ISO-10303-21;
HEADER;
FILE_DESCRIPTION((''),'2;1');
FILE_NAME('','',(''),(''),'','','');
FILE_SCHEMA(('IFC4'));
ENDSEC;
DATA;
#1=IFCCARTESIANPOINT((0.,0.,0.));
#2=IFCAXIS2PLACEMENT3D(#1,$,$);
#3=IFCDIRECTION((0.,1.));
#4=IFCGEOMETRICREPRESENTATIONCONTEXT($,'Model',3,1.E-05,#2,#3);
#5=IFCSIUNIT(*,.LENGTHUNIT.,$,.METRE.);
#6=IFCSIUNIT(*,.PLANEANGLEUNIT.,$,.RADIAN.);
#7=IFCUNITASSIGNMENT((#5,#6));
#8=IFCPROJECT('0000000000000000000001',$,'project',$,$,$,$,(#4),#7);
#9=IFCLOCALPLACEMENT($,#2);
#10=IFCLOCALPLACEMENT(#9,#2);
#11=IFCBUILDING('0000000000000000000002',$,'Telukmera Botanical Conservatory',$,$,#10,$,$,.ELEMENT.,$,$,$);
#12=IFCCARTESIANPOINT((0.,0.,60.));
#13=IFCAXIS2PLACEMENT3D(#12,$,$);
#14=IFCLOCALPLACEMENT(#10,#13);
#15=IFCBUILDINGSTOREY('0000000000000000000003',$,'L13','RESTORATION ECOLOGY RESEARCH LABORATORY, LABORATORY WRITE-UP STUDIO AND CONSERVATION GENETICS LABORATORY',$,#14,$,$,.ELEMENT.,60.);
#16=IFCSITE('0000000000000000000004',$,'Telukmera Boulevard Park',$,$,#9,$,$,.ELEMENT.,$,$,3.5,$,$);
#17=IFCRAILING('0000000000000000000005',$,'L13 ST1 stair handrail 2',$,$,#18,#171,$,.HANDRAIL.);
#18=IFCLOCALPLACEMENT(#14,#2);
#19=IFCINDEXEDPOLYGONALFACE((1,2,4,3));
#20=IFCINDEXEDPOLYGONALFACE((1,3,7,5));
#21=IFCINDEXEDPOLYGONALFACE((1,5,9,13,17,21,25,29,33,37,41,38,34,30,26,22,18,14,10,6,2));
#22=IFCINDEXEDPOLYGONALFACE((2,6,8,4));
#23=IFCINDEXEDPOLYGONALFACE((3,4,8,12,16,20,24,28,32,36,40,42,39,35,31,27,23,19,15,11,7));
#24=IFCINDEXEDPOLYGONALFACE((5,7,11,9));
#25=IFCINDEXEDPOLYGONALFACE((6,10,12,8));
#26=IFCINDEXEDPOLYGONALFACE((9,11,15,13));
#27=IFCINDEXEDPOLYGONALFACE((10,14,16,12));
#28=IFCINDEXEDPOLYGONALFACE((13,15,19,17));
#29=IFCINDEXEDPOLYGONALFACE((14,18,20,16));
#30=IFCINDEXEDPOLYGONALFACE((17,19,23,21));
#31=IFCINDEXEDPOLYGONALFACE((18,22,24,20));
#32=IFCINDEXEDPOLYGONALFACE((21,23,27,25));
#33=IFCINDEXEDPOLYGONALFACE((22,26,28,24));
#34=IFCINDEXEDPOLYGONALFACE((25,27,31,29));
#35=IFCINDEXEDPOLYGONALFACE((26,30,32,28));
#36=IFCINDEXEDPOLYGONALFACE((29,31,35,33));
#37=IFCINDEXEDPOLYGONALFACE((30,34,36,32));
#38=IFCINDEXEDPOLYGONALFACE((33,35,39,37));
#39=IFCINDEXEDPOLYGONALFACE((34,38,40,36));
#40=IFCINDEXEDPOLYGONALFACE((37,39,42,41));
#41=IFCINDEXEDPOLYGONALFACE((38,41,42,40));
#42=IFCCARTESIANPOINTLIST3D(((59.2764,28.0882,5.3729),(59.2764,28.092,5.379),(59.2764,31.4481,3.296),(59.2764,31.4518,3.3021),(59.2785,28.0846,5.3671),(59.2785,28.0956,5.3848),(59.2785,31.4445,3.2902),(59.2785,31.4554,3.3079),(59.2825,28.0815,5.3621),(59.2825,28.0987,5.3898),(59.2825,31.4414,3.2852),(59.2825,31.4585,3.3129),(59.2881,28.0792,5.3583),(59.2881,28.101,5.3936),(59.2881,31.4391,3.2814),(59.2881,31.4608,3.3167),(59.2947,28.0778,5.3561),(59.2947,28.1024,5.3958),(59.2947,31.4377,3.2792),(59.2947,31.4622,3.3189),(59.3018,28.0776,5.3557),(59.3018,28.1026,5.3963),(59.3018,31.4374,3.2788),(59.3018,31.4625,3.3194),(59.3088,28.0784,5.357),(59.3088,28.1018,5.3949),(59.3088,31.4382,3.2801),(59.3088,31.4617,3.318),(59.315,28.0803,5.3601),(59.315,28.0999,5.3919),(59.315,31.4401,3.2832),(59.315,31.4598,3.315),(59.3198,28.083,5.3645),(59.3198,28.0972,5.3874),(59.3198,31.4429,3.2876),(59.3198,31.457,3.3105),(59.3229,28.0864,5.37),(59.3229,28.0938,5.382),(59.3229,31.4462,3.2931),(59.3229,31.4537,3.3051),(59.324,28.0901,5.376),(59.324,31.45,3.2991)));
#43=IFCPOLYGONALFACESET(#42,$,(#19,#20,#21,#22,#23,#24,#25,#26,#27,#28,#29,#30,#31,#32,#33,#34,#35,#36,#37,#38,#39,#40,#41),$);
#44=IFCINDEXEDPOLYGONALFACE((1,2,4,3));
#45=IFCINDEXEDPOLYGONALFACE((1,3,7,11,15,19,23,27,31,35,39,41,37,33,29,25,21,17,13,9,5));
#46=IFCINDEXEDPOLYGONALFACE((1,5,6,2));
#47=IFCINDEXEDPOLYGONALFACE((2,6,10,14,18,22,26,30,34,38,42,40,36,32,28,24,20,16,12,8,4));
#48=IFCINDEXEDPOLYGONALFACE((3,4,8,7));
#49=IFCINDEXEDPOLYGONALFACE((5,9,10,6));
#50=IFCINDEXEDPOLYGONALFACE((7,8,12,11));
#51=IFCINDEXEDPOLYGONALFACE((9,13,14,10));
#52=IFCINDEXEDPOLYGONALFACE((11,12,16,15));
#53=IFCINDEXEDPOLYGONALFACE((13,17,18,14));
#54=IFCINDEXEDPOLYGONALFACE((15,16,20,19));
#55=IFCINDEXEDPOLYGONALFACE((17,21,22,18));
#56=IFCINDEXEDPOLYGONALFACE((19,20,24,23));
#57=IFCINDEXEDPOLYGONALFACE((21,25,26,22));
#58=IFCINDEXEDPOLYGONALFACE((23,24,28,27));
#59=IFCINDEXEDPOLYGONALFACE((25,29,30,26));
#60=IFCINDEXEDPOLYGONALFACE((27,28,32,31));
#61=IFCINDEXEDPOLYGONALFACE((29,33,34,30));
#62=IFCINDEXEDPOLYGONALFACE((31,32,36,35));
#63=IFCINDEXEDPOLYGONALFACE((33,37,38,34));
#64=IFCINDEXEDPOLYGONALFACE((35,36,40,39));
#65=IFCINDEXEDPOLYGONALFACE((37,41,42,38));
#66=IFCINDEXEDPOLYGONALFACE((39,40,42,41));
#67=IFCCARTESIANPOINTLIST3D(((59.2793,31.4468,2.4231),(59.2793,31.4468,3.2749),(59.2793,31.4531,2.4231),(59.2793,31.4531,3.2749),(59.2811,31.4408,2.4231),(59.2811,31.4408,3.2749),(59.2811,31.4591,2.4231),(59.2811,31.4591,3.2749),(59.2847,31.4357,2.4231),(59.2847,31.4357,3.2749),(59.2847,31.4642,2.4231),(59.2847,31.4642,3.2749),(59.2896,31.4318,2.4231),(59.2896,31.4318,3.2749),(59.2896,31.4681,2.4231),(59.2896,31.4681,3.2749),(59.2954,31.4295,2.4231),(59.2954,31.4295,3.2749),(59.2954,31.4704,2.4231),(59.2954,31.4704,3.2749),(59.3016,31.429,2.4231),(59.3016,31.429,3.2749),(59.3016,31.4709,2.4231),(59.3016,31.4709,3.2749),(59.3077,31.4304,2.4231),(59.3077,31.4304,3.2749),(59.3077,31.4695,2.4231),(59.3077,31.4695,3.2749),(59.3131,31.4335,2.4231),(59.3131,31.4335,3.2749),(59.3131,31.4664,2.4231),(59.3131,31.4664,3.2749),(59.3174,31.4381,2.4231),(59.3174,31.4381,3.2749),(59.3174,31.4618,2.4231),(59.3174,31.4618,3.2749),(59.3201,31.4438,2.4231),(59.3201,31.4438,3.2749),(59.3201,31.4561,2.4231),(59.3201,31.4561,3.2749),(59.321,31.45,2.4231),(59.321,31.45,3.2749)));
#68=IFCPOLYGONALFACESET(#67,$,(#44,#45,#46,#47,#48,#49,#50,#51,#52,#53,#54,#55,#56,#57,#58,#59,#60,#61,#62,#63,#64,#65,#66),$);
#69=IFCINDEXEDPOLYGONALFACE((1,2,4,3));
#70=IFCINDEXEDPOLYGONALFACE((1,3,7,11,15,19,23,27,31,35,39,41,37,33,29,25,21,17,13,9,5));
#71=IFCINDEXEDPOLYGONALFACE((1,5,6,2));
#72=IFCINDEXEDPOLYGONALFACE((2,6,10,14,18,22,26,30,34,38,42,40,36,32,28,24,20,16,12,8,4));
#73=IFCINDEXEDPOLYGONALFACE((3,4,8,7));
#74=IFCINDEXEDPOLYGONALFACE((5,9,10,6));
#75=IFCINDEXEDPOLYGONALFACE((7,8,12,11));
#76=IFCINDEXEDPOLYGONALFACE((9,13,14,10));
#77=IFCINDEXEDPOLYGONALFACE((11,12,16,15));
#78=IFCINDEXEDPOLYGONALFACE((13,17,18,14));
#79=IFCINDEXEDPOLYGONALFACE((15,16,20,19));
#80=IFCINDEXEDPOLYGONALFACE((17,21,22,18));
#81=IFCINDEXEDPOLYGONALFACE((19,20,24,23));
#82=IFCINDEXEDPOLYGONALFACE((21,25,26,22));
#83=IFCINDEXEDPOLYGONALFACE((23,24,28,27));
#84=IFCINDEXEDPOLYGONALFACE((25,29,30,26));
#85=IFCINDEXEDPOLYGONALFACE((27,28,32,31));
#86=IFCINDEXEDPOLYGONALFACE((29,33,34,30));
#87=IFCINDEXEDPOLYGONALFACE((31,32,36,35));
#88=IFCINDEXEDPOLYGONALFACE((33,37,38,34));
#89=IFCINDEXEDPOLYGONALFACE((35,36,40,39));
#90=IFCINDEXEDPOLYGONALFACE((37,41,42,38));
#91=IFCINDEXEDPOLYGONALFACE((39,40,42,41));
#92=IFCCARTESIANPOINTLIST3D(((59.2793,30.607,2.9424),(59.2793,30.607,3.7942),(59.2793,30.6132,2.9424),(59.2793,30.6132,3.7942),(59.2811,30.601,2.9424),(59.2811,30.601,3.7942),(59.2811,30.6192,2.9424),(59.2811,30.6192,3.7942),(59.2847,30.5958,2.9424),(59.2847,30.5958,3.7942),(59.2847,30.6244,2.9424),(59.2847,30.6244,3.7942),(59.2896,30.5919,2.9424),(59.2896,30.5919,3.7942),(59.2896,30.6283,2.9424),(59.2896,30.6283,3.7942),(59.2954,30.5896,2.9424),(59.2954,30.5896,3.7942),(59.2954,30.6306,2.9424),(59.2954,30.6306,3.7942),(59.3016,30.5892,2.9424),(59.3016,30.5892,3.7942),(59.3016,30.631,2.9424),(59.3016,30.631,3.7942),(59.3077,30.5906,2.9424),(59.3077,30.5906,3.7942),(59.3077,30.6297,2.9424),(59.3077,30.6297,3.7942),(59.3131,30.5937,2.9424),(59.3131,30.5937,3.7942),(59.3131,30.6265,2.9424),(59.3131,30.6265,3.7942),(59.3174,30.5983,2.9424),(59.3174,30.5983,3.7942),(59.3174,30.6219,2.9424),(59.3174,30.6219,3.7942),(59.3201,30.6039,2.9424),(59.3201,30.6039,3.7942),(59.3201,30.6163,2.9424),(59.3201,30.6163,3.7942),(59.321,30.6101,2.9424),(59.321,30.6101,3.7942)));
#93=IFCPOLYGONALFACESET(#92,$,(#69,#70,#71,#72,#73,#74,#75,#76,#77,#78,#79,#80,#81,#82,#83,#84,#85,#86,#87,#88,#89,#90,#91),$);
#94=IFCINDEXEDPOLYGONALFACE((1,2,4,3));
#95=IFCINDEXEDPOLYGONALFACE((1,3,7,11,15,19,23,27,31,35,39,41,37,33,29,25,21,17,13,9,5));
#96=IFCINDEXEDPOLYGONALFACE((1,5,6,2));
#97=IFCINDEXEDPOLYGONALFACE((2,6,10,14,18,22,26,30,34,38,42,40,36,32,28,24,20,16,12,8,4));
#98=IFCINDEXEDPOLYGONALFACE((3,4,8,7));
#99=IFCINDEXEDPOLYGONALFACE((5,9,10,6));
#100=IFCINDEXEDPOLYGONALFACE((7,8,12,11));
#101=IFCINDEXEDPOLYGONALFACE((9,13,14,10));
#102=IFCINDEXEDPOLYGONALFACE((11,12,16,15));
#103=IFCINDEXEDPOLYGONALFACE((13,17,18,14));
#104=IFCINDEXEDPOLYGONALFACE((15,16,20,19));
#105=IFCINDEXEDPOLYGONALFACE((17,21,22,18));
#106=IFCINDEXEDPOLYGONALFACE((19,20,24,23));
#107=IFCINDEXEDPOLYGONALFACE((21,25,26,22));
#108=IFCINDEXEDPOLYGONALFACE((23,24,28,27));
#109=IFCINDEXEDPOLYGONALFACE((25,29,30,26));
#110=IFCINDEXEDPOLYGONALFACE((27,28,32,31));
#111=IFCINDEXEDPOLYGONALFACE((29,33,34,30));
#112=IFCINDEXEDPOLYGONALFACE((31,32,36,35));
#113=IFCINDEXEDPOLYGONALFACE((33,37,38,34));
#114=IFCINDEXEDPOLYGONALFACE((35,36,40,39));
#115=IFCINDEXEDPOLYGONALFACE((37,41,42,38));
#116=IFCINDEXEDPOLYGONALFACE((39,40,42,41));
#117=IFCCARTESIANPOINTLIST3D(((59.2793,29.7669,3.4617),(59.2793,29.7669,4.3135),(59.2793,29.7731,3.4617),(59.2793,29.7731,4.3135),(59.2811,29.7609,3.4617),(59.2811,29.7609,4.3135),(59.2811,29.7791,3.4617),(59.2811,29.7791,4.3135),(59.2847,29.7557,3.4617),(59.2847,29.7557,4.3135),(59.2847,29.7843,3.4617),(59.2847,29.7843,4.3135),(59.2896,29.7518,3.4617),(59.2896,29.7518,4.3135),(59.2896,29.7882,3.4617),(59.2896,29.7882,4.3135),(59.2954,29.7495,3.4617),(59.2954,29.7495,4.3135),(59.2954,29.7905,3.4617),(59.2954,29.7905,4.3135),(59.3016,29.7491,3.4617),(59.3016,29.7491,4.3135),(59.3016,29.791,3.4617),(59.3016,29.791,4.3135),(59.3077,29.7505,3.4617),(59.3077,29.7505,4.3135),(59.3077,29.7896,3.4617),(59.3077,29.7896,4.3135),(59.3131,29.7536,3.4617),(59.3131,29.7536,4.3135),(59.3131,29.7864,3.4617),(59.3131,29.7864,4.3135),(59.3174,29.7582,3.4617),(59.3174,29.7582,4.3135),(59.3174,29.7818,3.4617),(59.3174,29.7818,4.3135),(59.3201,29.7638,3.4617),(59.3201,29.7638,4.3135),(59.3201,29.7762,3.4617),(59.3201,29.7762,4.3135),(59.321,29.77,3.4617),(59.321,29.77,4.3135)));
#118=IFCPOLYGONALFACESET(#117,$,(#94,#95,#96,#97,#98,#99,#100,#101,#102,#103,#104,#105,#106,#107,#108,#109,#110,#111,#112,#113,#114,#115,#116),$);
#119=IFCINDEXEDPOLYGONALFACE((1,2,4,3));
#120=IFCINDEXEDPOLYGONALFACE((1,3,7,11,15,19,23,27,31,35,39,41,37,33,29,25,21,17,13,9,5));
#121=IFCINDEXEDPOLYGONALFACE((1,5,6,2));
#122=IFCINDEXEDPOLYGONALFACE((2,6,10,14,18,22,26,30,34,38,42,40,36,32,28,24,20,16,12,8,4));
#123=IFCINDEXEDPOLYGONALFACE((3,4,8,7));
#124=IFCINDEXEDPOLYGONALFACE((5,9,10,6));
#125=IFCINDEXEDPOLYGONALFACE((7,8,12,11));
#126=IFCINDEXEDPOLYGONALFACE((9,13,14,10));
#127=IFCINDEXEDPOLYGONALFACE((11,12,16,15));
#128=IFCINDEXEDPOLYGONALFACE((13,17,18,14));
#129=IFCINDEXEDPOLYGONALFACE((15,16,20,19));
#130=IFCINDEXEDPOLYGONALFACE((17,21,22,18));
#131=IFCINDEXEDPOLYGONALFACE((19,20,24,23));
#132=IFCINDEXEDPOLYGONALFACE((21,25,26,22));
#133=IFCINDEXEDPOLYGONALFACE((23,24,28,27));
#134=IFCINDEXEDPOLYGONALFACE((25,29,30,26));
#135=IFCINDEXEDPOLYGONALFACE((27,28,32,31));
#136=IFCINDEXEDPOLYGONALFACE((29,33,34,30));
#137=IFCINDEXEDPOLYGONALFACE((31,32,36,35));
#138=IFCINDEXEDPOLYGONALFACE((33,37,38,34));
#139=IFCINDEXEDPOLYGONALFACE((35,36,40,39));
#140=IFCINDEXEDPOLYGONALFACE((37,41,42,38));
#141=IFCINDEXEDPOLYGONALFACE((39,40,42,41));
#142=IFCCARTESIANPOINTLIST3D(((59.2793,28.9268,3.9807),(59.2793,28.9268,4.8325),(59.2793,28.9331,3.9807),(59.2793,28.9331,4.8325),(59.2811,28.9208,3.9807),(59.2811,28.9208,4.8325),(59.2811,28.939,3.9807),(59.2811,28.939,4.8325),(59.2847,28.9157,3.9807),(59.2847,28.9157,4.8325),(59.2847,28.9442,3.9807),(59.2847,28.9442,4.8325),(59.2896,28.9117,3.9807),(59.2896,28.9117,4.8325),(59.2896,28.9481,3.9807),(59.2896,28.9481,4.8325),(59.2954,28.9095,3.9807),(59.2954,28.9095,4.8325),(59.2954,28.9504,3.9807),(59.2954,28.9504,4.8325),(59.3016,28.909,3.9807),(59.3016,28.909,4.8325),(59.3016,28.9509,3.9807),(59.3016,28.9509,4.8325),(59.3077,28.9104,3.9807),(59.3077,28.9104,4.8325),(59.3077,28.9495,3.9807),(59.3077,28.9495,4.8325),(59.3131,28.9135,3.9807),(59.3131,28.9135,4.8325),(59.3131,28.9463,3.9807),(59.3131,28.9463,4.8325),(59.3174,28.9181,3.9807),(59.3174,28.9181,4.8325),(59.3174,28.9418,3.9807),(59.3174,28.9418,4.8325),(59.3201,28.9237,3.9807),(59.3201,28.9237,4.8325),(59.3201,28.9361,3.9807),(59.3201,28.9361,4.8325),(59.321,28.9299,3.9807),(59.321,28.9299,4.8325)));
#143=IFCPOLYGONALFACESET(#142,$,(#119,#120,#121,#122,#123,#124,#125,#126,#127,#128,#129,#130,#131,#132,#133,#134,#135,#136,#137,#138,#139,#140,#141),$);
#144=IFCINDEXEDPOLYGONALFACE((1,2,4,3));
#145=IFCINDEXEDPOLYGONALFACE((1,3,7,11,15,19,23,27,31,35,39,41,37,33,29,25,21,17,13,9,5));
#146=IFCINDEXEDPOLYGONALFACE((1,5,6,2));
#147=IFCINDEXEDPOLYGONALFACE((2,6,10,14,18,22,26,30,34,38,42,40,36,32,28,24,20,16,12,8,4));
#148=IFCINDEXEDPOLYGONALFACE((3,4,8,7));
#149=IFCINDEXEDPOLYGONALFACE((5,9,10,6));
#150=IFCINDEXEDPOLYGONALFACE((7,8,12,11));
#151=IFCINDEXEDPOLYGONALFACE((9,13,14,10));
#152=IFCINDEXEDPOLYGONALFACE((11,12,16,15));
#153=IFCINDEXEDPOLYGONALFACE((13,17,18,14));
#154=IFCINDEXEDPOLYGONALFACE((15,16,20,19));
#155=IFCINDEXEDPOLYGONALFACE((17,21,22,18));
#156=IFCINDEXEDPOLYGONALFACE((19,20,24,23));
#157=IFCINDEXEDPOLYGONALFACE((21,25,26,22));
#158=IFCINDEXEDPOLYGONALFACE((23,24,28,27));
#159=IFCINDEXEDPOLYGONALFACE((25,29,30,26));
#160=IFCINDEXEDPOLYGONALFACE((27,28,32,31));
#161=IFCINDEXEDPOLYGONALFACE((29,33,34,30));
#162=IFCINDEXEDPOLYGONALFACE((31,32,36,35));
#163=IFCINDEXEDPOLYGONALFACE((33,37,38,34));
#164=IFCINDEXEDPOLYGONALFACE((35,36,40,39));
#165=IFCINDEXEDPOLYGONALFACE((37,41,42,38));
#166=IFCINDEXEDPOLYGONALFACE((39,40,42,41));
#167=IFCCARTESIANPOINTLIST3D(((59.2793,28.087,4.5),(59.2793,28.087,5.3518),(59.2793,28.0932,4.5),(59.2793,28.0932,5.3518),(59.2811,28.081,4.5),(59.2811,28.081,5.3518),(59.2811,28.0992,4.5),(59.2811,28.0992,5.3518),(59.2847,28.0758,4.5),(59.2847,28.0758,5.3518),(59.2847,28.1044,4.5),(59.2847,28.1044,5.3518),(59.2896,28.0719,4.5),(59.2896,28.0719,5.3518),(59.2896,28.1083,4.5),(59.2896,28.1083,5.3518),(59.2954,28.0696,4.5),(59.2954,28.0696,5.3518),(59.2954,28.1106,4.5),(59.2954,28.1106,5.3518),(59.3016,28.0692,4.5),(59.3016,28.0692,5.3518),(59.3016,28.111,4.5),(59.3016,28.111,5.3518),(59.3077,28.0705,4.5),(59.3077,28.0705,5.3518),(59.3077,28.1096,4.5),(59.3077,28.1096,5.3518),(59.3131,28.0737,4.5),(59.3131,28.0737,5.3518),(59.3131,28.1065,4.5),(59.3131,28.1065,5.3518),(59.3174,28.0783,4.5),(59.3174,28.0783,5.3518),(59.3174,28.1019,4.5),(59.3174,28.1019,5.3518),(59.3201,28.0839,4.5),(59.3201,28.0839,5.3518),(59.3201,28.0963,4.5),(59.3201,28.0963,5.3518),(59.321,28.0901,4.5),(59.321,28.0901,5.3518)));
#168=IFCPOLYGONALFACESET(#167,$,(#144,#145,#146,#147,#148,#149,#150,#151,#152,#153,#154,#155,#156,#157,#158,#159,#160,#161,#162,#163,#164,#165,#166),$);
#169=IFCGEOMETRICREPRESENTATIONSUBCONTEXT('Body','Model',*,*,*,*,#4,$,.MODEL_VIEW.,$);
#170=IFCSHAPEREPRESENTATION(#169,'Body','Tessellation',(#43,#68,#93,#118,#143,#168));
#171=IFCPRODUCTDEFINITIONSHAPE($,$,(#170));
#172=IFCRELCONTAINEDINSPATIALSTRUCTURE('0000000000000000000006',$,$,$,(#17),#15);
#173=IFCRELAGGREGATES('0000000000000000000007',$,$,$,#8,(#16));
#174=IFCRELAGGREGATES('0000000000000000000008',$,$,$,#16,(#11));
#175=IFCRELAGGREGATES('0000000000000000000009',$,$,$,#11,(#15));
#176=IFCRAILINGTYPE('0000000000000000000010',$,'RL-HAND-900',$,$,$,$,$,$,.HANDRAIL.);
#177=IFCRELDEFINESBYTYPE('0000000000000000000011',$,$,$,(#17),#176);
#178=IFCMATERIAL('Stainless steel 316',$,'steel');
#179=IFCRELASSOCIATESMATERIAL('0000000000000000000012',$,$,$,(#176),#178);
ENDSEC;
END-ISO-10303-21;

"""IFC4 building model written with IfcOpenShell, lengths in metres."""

from ifc_helpers import new_model, si_unit, direction, frame, origin, origin_2d, place, context, subcontext, project, spatial, circle, extrude, material, type_object, element, save


model = new_model("IFC4")

# Units and contexts
model_context = context("Model", 3, precision=1e-05, world=origin(), true_north=direction((0.0, 1.0)))
body_context = subcontext(model_context, "Body", "Model", "MODEL_VIEW")
ifc_project = project(units=[si_unit("LENGTHUNIT", "METRE"), si_unit("PLANEANGLEUNIT", "RADIAN")], contexts=[model_context])

# Site, building, storey
site_placement = place(None, origin())
site = spatial("IfcSite", under=ifc_project, at=site_placement, Name="Telukmera Boulevard Park", CompositionType="ELEMENT", RefElevation=3.5)
building_placement = place(site_placement, origin())
building = spatial("IfcBuilding", under=site, at=building_placement, Name="Telukmera Botanical Conservatory", CompositionType="ELEMENT")
storey_placement = place(building_placement, frame((0.0, 0.0, 60.0)))
storey = spatial("IfcBuildingStorey", under=building, at=storey_placement, Name="L13", Description="RESTORATION ECOLOGY RESEARCH LABORATORY, LABORATORY WRITE-UP STUDIO AND CONSERVATION GENETICS LABORATORY", CompositionType="ELEMENT", Elevation=60.0)

# Railing
ifc_material_1 = material(Name="Stainless steel 316", Category="steel")
railing_type_1 = type_object("IfcRailingType", Name="RL-HAND-900", PredefinedType="HANDRAIL", material=ifc_material_1)
railing_1_placement = place(storey_placement, frame((59.3, 31.45, 2.4231)))
element("IfcRailing", 1, at=railing_1_placement, inside=storey, type_object=railing_type_1, Name="L13 ST1 stair handrail 2", PredefinedType="HANDRAIL", context=body_context, shape_type="SweptSolid", body=[
    extrude(circle(Radius=0.0239, at=origin_2d()), frame((0.0, 0.0, 0.876), z_axis=(0.0, -0.850606, 0.525803), x_axis=(1.0, 0.0, 0.0)), (0.0, 0.0, 1.0), 3.95),
    extrude(circle(Radius=0.021, at=origin_2d()), origin(), (0.0, 0.0, 1.0), 0.8518),
    extrude(circle(Radius=0.021, at=origin_2d()), frame((0.0, -0.8398, 0.5193)), (0.0, 0.0, 1.0), 0.8518),
    extrude(circle(Radius=0.021, at=origin_2d()), frame((0.0, -1.6799, 1.0386)), (0.0, 0.0, 1.0), 0.8518),
    extrude(circle(Radius=0.021, at=origin_2d()), frame((0.0, -2.52, 1.5576)), (0.0, 0.0, 1.0), 0.8518),
    extrude(circle(Radius=0.021, at=origin_2d()), frame((0.0, -3.3599, 2.0769)), (0.0, 0.0, 1.0), 0.8518),
])

save(model, "model.ifc")
